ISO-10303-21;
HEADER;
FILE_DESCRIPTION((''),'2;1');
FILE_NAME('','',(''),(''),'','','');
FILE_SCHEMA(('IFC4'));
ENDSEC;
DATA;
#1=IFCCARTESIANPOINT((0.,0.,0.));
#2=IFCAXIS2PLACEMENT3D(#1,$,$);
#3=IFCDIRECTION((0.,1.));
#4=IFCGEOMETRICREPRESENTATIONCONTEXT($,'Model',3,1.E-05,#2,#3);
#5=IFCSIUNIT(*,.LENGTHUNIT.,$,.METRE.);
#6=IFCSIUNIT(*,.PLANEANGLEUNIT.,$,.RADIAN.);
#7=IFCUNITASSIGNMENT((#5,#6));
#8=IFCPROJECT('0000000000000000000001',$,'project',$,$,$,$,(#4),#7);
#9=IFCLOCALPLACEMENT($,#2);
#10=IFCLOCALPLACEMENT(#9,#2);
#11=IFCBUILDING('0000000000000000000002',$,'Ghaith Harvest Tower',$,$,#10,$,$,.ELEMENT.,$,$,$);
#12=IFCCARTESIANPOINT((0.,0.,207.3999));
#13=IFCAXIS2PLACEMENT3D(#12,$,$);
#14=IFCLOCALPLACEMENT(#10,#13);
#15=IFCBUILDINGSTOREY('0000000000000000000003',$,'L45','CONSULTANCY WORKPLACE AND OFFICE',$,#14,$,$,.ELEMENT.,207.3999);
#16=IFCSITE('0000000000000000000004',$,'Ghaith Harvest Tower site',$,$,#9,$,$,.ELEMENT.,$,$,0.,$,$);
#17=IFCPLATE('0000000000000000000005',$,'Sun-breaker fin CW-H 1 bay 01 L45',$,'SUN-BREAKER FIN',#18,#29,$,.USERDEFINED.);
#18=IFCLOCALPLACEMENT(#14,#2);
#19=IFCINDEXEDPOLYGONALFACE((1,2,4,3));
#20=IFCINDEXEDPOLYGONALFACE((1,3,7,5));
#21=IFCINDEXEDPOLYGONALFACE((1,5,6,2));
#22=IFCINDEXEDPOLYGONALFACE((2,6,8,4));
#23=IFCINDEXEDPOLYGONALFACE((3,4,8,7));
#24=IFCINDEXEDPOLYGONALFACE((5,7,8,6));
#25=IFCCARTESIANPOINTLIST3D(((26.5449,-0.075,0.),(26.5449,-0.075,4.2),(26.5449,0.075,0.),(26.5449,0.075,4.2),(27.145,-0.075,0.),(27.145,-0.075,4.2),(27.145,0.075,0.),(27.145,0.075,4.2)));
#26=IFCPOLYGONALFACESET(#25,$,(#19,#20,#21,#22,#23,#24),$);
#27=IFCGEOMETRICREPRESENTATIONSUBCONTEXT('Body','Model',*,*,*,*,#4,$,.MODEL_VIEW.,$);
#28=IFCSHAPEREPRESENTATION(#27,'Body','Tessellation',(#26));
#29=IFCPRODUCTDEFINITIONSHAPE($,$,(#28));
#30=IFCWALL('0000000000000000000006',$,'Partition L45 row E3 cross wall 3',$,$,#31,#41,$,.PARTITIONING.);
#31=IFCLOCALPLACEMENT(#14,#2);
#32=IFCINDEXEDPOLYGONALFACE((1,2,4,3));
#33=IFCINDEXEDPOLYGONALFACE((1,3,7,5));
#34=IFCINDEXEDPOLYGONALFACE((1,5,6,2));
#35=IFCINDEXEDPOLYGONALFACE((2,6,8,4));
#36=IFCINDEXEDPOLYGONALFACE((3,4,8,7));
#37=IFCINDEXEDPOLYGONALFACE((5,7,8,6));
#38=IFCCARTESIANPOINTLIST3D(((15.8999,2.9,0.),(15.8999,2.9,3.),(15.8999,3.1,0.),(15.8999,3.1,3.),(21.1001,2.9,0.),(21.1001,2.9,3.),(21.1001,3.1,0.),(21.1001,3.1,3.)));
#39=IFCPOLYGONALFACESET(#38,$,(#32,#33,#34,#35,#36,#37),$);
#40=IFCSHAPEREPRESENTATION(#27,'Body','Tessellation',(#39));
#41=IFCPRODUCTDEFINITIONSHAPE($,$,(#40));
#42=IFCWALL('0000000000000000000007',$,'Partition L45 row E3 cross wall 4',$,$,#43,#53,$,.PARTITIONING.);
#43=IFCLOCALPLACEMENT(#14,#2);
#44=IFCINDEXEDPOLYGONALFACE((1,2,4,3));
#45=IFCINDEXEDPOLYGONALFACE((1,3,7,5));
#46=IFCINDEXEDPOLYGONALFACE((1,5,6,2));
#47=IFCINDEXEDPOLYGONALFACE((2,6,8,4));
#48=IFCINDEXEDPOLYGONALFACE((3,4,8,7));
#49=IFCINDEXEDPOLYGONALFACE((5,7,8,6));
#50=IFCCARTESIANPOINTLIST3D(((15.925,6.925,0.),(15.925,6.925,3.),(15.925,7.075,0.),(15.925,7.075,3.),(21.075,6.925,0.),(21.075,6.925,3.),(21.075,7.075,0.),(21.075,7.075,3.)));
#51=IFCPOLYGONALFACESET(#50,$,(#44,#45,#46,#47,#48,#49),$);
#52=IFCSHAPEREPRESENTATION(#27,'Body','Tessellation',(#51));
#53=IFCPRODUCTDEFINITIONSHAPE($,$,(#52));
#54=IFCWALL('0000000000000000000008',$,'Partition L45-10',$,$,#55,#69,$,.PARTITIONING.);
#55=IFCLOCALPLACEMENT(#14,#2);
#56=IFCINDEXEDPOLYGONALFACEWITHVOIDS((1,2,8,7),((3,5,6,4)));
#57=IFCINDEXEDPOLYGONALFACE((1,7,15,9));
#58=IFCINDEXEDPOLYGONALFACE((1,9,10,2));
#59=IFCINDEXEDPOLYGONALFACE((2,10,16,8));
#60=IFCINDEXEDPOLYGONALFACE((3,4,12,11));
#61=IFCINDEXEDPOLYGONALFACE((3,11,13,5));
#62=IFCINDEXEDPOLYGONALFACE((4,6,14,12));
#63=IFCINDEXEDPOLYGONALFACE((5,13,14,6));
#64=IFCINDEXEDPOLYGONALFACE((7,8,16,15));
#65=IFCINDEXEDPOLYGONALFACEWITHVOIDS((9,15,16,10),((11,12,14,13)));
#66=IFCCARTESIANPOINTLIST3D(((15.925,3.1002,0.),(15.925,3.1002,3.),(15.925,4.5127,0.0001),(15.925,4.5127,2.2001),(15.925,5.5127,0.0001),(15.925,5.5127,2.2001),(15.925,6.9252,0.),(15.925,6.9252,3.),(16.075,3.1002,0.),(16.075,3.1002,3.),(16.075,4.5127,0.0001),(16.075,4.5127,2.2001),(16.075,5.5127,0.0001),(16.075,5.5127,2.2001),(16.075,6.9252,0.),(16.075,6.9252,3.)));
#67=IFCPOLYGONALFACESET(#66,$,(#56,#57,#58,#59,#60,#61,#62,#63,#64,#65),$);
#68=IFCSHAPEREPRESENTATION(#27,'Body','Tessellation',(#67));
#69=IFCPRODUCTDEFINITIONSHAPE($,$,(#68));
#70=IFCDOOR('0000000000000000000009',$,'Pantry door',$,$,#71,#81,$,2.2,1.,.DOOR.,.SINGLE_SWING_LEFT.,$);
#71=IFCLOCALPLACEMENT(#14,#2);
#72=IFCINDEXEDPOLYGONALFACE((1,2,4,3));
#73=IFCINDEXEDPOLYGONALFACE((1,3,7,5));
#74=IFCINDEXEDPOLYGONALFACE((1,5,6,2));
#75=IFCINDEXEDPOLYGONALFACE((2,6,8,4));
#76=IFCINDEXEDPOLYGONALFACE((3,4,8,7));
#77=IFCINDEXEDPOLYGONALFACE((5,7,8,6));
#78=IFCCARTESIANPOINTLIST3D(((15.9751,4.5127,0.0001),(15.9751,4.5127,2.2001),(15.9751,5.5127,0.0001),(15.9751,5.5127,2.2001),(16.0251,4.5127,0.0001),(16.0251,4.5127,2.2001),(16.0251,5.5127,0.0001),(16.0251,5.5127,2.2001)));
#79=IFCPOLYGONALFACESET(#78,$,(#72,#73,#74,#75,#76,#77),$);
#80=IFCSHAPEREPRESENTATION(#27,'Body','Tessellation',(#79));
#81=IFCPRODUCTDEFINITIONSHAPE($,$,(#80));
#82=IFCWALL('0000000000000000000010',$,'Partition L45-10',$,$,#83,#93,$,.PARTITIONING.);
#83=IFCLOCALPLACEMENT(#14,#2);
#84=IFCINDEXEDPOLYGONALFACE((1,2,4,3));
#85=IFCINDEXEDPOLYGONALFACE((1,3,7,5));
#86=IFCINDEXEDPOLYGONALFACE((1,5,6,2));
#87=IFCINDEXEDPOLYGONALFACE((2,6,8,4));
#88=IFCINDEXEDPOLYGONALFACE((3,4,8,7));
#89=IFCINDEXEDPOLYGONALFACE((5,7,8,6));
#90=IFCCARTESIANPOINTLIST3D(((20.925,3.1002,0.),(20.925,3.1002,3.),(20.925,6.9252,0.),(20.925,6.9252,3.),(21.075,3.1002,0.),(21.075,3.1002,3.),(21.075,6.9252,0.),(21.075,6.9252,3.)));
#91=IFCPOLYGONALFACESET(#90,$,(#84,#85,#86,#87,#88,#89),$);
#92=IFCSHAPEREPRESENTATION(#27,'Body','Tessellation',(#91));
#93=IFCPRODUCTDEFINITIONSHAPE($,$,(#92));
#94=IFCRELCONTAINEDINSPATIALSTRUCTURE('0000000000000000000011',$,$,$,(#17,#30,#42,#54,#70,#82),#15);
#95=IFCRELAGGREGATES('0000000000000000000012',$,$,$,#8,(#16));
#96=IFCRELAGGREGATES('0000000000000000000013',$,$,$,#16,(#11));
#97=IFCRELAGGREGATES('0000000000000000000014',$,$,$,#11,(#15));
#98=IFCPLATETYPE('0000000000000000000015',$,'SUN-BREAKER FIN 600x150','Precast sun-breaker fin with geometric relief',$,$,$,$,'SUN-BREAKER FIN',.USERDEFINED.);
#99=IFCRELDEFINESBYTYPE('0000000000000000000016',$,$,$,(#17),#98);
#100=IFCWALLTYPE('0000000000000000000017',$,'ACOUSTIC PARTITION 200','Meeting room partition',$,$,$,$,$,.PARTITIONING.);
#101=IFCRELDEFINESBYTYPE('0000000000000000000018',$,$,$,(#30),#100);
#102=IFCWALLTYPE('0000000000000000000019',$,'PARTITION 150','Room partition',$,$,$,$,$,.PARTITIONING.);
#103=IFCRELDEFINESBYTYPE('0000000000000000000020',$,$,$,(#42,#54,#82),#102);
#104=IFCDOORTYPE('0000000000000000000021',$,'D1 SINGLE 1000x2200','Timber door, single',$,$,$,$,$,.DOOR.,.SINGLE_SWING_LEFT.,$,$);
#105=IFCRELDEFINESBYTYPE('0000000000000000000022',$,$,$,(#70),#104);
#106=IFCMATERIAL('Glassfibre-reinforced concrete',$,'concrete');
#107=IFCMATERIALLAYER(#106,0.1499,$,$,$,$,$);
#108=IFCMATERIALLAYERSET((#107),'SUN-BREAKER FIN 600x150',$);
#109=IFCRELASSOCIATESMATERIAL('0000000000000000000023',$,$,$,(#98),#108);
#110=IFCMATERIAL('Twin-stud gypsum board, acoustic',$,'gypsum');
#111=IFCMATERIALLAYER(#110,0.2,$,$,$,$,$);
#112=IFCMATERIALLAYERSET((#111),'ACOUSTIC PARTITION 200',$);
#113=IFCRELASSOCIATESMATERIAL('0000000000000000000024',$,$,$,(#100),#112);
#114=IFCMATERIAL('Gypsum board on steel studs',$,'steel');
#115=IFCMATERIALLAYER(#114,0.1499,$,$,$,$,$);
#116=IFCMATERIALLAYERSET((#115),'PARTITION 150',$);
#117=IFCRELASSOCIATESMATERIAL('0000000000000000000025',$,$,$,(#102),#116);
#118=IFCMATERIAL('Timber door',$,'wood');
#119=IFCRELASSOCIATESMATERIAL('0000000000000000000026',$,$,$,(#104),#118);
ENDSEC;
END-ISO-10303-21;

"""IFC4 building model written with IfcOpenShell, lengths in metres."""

from ifc_helpers import new_model, si_unit, direction, frame, frame_2d, origin, origin_2d, place, context, subcontext, project, spatial, rectangle, extrude, material, layer, layer_set, type_object, element, fill, save


model = new_model("IFC4")

# Units and contexts
model_context = context("Model", 3, precision=1e-05, world=origin(), true_north=direction((0.0, 1.0)))
body_context = subcontext(model_context, "Body", "Model", "MODEL_VIEW")
ifc_project = project(units=[si_unit("LENGTHUNIT", "METRE"), si_unit("PLANEANGLEUNIT", "RADIAN")], contexts=[model_context])

# Site, building, storey
site_placement = place(None, origin())
site = spatial("IfcSite", under=ifc_project, at=site_placement, Name="Ghaith Harvest Tower site", CompositionType="ELEMENT", RefElevation=0.0)
building_placement = place(site_placement, origin())
building = spatial("IfcBuilding", under=site, at=building_placement, Name="Ghaith Harvest Tower", CompositionType="ELEMENT")
storey_placement = place(building_placement, frame((0.0, 0.0, 207.3999)))
storey = spatial("IfcBuildingStorey", under=building, at=storey_placement, Name="L45", Description="CONSULTANCY WORKPLACE AND OFFICE", CompositionType="ELEMENT", Elevation=207.3999)

# Plate
ifc_material_1 = material(Name="Glassfibre-reinforced concrete", Category="concrete")
ifc_layer_1 = layer(ifc_material_1, 0.1499)
ifc_layer_set_1 = layer_set([ifc_layer_1], Name="SUN-BREAKER FIN 600x150")
plate_type_1 = type_object("IfcPlateType", Name="SUN-BREAKER FIN 600x150", Description="Precast sun-breaker fin with geometric relief", ElementType="SUN-BREAKER FIN", PredefinedType="USERDEFINED", material=ifc_layer_set_1)
plate_1_placement = place(storey_placement, frame((26.845, 0.0, 0.0), z_axis=(0.0, 0.0, 1.0), x_axis=(1.0, 0.0, 0.0)))
element("IfcPlate", 1, at=plate_1_placement, inside=storey, type_object=plate_type_1, Name="Sun-breaker fin CW-H 1 bay 01 L45", ObjectType="SUN-BREAKER FIN", PredefinedType="USERDEFINED", context=body_context, shape_type="SweptSolid", body=[
    extrude(rectangle(XDim=0.6001, YDim=0.1499, at=origin_2d()), origin(), (0.0, 0.0, 1.0), 4.2),
])

# Walls
ifc_material_2 = material(Name="Twin-stud gypsum board, acoustic", Category="gypsum")
ifc_layer_2 = layer(ifc_material_2, 0.2)
ifc_layer_set_2 = layer_set([ifc_layer_2], Name="ACOUSTIC PARTITION 200")
wall_type_1 = type_object("IfcWallType", Name="ACOUSTIC PARTITION 200", Description="Meeting room partition", PredefinedType="PARTITIONING", material=ifc_layer_set_2)
wall_1_placement = place(storey_placement, frame((15.8999, 3.0, 0.0), z_axis=(0.0, 0.0, 1.0), x_axis=(1.0, 0.0, 0.0)))
element("IfcWall", 2, at=wall_1_placement, inside=storey, type_object=wall_type_1, Name="Partition L45 row E3 cross wall 3", PredefinedType="PARTITIONING", context=body_context, shape_type="SweptSolid", body=[
    extrude(rectangle(XDim=5.2002, YDim=0.2, at=frame_2d((2.6001, 0.0))), origin(), (0.0, 0.0, 1.0), 3.0),
])
ifc_material_3 = material(Name="Gypsum board on steel studs", Category="steel")
ifc_layer_3 = layer(ifc_material_3, 0.1499)
ifc_layer_set_3 = layer_set([ifc_layer_3], Name="PARTITION 150")
wall_type_2 = type_object("IfcWallType", Name="PARTITION 150", Description="Room partition", PredefinedType="PARTITIONING", material=ifc_layer_set_3)
wall_2_placement = place(storey_placement, frame((15.925, 7.0, 0.0), z_axis=(0.0, 0.0, 1.0), x_axis=(1.0, 0.0, 0.0)))
element("IfcWall", 3, at=wall_2_placement, inside=storey, type_object=wall_type_2, Name="Partition L45 row E3 cross wall 4", PredefinedType="PARTITIONING", context=body_context, shape_type="SweptSolid", body=[
    extrude(rectangle(XDim=5.1499, YDim=0.1499, at=frame_2d((2.575, 0.0))), origin(), (0.0, 0.0, 1.0), 3.0),
])

# Wall, opening, door
wall_3_placement = place(storey_placement, frame((16.0, 3.1001, 0.0), z_axis=(0.0, 0.0, 1.0), x_axis=(0.0, 1.0, 0.0)))
wall_3 = element("IfcWall", 4, at=wall_3_placement, inside=storey, type_object=wall_type_2, Name="Partition L45-10", PredefinedType="PARTITIONING", context=body_context, shape_type="SweptSolid", body=[
    extrude(rectangle(XDim=3.825, YDim=0.1499, at=frame_2d((1.9126, 0.0))), origin(), (0.0, 0.0, 1.0), 3.0),
])
opening_placement = place(wall_3_placement, frame((1.4126, 0.0, 0.0)))
opening = element("IfcOpeningElement", 5, at=opening_placement, cuts=wall_3, PredefinedType="OPENING", context=body_context, shape_type="SweptSolid", body=[
    extrude(rectangle(XDim=1.0, YDim=2.2, at=frame_2d((0.5, 1.1001))), frame((0.0, 0.085, 0.0), z_axis=(0.0, -1.0, 0.0), x_axis=(1.0, 0.0, 0.0)), (0.0, 0.0, 1.0), 0.1699),
])
ifc_material_4 = material(Name="Timber door", Category="wood")
door_type = type_object("IfcDoorType", Name="D1 SINGLE 1000x2200", Description="Timber door, single", OperationType="SINGLE_SWING_LEFT", PredefinedType="DOOR", material=ifc_material_4)
door_placement = place(opening_placement, origin())
door = element("IfcDoor", 6, at=door_placement, inside=storey, type_object=door_type, Name="Pantry door", OperationType="SINGLE_SWING_LEFT", OverallHeight=2.2, OverallWidth=1.0, PredefinedType="DOOR", context=body_context, shape_type="SweptSolid", body=[
    extrude(rectangle(XDim=1.0, YDim=2.2, at=frame_2d((0.5, 1.1001))), frame((0.0, 0.0249, 0.0), z_axis=(0.0, -1.0, 0.0), x_axis=(1.0, 0.0, 0.0)), (0.0, 0.0, 1.0), 0.05),
])
fill(opening, door)

# Wall
wall_4_placement = place(storey_placement, frame((21.0, 3.1001, 0.0), z_axis=(0.0, 0.0, 1.0), x_axis=(0.0, 1.0, 0.0)))
element("IfcWall", 7, at=wall_4_placement, inside=storey, type_object=wall_type_2, Name="Partition L45-10", PredefinedType="PARTITIONING", context=body_context, shape_type="SweptSolid", body=[
    extrude(rectangle(XDim=3.825, YDim=0.1499, at=frame_2d((1.9126, 0.0))), origin(), (0.0, 0.0, 1.0), 3.0),
])

save(model, "model.ifc")
